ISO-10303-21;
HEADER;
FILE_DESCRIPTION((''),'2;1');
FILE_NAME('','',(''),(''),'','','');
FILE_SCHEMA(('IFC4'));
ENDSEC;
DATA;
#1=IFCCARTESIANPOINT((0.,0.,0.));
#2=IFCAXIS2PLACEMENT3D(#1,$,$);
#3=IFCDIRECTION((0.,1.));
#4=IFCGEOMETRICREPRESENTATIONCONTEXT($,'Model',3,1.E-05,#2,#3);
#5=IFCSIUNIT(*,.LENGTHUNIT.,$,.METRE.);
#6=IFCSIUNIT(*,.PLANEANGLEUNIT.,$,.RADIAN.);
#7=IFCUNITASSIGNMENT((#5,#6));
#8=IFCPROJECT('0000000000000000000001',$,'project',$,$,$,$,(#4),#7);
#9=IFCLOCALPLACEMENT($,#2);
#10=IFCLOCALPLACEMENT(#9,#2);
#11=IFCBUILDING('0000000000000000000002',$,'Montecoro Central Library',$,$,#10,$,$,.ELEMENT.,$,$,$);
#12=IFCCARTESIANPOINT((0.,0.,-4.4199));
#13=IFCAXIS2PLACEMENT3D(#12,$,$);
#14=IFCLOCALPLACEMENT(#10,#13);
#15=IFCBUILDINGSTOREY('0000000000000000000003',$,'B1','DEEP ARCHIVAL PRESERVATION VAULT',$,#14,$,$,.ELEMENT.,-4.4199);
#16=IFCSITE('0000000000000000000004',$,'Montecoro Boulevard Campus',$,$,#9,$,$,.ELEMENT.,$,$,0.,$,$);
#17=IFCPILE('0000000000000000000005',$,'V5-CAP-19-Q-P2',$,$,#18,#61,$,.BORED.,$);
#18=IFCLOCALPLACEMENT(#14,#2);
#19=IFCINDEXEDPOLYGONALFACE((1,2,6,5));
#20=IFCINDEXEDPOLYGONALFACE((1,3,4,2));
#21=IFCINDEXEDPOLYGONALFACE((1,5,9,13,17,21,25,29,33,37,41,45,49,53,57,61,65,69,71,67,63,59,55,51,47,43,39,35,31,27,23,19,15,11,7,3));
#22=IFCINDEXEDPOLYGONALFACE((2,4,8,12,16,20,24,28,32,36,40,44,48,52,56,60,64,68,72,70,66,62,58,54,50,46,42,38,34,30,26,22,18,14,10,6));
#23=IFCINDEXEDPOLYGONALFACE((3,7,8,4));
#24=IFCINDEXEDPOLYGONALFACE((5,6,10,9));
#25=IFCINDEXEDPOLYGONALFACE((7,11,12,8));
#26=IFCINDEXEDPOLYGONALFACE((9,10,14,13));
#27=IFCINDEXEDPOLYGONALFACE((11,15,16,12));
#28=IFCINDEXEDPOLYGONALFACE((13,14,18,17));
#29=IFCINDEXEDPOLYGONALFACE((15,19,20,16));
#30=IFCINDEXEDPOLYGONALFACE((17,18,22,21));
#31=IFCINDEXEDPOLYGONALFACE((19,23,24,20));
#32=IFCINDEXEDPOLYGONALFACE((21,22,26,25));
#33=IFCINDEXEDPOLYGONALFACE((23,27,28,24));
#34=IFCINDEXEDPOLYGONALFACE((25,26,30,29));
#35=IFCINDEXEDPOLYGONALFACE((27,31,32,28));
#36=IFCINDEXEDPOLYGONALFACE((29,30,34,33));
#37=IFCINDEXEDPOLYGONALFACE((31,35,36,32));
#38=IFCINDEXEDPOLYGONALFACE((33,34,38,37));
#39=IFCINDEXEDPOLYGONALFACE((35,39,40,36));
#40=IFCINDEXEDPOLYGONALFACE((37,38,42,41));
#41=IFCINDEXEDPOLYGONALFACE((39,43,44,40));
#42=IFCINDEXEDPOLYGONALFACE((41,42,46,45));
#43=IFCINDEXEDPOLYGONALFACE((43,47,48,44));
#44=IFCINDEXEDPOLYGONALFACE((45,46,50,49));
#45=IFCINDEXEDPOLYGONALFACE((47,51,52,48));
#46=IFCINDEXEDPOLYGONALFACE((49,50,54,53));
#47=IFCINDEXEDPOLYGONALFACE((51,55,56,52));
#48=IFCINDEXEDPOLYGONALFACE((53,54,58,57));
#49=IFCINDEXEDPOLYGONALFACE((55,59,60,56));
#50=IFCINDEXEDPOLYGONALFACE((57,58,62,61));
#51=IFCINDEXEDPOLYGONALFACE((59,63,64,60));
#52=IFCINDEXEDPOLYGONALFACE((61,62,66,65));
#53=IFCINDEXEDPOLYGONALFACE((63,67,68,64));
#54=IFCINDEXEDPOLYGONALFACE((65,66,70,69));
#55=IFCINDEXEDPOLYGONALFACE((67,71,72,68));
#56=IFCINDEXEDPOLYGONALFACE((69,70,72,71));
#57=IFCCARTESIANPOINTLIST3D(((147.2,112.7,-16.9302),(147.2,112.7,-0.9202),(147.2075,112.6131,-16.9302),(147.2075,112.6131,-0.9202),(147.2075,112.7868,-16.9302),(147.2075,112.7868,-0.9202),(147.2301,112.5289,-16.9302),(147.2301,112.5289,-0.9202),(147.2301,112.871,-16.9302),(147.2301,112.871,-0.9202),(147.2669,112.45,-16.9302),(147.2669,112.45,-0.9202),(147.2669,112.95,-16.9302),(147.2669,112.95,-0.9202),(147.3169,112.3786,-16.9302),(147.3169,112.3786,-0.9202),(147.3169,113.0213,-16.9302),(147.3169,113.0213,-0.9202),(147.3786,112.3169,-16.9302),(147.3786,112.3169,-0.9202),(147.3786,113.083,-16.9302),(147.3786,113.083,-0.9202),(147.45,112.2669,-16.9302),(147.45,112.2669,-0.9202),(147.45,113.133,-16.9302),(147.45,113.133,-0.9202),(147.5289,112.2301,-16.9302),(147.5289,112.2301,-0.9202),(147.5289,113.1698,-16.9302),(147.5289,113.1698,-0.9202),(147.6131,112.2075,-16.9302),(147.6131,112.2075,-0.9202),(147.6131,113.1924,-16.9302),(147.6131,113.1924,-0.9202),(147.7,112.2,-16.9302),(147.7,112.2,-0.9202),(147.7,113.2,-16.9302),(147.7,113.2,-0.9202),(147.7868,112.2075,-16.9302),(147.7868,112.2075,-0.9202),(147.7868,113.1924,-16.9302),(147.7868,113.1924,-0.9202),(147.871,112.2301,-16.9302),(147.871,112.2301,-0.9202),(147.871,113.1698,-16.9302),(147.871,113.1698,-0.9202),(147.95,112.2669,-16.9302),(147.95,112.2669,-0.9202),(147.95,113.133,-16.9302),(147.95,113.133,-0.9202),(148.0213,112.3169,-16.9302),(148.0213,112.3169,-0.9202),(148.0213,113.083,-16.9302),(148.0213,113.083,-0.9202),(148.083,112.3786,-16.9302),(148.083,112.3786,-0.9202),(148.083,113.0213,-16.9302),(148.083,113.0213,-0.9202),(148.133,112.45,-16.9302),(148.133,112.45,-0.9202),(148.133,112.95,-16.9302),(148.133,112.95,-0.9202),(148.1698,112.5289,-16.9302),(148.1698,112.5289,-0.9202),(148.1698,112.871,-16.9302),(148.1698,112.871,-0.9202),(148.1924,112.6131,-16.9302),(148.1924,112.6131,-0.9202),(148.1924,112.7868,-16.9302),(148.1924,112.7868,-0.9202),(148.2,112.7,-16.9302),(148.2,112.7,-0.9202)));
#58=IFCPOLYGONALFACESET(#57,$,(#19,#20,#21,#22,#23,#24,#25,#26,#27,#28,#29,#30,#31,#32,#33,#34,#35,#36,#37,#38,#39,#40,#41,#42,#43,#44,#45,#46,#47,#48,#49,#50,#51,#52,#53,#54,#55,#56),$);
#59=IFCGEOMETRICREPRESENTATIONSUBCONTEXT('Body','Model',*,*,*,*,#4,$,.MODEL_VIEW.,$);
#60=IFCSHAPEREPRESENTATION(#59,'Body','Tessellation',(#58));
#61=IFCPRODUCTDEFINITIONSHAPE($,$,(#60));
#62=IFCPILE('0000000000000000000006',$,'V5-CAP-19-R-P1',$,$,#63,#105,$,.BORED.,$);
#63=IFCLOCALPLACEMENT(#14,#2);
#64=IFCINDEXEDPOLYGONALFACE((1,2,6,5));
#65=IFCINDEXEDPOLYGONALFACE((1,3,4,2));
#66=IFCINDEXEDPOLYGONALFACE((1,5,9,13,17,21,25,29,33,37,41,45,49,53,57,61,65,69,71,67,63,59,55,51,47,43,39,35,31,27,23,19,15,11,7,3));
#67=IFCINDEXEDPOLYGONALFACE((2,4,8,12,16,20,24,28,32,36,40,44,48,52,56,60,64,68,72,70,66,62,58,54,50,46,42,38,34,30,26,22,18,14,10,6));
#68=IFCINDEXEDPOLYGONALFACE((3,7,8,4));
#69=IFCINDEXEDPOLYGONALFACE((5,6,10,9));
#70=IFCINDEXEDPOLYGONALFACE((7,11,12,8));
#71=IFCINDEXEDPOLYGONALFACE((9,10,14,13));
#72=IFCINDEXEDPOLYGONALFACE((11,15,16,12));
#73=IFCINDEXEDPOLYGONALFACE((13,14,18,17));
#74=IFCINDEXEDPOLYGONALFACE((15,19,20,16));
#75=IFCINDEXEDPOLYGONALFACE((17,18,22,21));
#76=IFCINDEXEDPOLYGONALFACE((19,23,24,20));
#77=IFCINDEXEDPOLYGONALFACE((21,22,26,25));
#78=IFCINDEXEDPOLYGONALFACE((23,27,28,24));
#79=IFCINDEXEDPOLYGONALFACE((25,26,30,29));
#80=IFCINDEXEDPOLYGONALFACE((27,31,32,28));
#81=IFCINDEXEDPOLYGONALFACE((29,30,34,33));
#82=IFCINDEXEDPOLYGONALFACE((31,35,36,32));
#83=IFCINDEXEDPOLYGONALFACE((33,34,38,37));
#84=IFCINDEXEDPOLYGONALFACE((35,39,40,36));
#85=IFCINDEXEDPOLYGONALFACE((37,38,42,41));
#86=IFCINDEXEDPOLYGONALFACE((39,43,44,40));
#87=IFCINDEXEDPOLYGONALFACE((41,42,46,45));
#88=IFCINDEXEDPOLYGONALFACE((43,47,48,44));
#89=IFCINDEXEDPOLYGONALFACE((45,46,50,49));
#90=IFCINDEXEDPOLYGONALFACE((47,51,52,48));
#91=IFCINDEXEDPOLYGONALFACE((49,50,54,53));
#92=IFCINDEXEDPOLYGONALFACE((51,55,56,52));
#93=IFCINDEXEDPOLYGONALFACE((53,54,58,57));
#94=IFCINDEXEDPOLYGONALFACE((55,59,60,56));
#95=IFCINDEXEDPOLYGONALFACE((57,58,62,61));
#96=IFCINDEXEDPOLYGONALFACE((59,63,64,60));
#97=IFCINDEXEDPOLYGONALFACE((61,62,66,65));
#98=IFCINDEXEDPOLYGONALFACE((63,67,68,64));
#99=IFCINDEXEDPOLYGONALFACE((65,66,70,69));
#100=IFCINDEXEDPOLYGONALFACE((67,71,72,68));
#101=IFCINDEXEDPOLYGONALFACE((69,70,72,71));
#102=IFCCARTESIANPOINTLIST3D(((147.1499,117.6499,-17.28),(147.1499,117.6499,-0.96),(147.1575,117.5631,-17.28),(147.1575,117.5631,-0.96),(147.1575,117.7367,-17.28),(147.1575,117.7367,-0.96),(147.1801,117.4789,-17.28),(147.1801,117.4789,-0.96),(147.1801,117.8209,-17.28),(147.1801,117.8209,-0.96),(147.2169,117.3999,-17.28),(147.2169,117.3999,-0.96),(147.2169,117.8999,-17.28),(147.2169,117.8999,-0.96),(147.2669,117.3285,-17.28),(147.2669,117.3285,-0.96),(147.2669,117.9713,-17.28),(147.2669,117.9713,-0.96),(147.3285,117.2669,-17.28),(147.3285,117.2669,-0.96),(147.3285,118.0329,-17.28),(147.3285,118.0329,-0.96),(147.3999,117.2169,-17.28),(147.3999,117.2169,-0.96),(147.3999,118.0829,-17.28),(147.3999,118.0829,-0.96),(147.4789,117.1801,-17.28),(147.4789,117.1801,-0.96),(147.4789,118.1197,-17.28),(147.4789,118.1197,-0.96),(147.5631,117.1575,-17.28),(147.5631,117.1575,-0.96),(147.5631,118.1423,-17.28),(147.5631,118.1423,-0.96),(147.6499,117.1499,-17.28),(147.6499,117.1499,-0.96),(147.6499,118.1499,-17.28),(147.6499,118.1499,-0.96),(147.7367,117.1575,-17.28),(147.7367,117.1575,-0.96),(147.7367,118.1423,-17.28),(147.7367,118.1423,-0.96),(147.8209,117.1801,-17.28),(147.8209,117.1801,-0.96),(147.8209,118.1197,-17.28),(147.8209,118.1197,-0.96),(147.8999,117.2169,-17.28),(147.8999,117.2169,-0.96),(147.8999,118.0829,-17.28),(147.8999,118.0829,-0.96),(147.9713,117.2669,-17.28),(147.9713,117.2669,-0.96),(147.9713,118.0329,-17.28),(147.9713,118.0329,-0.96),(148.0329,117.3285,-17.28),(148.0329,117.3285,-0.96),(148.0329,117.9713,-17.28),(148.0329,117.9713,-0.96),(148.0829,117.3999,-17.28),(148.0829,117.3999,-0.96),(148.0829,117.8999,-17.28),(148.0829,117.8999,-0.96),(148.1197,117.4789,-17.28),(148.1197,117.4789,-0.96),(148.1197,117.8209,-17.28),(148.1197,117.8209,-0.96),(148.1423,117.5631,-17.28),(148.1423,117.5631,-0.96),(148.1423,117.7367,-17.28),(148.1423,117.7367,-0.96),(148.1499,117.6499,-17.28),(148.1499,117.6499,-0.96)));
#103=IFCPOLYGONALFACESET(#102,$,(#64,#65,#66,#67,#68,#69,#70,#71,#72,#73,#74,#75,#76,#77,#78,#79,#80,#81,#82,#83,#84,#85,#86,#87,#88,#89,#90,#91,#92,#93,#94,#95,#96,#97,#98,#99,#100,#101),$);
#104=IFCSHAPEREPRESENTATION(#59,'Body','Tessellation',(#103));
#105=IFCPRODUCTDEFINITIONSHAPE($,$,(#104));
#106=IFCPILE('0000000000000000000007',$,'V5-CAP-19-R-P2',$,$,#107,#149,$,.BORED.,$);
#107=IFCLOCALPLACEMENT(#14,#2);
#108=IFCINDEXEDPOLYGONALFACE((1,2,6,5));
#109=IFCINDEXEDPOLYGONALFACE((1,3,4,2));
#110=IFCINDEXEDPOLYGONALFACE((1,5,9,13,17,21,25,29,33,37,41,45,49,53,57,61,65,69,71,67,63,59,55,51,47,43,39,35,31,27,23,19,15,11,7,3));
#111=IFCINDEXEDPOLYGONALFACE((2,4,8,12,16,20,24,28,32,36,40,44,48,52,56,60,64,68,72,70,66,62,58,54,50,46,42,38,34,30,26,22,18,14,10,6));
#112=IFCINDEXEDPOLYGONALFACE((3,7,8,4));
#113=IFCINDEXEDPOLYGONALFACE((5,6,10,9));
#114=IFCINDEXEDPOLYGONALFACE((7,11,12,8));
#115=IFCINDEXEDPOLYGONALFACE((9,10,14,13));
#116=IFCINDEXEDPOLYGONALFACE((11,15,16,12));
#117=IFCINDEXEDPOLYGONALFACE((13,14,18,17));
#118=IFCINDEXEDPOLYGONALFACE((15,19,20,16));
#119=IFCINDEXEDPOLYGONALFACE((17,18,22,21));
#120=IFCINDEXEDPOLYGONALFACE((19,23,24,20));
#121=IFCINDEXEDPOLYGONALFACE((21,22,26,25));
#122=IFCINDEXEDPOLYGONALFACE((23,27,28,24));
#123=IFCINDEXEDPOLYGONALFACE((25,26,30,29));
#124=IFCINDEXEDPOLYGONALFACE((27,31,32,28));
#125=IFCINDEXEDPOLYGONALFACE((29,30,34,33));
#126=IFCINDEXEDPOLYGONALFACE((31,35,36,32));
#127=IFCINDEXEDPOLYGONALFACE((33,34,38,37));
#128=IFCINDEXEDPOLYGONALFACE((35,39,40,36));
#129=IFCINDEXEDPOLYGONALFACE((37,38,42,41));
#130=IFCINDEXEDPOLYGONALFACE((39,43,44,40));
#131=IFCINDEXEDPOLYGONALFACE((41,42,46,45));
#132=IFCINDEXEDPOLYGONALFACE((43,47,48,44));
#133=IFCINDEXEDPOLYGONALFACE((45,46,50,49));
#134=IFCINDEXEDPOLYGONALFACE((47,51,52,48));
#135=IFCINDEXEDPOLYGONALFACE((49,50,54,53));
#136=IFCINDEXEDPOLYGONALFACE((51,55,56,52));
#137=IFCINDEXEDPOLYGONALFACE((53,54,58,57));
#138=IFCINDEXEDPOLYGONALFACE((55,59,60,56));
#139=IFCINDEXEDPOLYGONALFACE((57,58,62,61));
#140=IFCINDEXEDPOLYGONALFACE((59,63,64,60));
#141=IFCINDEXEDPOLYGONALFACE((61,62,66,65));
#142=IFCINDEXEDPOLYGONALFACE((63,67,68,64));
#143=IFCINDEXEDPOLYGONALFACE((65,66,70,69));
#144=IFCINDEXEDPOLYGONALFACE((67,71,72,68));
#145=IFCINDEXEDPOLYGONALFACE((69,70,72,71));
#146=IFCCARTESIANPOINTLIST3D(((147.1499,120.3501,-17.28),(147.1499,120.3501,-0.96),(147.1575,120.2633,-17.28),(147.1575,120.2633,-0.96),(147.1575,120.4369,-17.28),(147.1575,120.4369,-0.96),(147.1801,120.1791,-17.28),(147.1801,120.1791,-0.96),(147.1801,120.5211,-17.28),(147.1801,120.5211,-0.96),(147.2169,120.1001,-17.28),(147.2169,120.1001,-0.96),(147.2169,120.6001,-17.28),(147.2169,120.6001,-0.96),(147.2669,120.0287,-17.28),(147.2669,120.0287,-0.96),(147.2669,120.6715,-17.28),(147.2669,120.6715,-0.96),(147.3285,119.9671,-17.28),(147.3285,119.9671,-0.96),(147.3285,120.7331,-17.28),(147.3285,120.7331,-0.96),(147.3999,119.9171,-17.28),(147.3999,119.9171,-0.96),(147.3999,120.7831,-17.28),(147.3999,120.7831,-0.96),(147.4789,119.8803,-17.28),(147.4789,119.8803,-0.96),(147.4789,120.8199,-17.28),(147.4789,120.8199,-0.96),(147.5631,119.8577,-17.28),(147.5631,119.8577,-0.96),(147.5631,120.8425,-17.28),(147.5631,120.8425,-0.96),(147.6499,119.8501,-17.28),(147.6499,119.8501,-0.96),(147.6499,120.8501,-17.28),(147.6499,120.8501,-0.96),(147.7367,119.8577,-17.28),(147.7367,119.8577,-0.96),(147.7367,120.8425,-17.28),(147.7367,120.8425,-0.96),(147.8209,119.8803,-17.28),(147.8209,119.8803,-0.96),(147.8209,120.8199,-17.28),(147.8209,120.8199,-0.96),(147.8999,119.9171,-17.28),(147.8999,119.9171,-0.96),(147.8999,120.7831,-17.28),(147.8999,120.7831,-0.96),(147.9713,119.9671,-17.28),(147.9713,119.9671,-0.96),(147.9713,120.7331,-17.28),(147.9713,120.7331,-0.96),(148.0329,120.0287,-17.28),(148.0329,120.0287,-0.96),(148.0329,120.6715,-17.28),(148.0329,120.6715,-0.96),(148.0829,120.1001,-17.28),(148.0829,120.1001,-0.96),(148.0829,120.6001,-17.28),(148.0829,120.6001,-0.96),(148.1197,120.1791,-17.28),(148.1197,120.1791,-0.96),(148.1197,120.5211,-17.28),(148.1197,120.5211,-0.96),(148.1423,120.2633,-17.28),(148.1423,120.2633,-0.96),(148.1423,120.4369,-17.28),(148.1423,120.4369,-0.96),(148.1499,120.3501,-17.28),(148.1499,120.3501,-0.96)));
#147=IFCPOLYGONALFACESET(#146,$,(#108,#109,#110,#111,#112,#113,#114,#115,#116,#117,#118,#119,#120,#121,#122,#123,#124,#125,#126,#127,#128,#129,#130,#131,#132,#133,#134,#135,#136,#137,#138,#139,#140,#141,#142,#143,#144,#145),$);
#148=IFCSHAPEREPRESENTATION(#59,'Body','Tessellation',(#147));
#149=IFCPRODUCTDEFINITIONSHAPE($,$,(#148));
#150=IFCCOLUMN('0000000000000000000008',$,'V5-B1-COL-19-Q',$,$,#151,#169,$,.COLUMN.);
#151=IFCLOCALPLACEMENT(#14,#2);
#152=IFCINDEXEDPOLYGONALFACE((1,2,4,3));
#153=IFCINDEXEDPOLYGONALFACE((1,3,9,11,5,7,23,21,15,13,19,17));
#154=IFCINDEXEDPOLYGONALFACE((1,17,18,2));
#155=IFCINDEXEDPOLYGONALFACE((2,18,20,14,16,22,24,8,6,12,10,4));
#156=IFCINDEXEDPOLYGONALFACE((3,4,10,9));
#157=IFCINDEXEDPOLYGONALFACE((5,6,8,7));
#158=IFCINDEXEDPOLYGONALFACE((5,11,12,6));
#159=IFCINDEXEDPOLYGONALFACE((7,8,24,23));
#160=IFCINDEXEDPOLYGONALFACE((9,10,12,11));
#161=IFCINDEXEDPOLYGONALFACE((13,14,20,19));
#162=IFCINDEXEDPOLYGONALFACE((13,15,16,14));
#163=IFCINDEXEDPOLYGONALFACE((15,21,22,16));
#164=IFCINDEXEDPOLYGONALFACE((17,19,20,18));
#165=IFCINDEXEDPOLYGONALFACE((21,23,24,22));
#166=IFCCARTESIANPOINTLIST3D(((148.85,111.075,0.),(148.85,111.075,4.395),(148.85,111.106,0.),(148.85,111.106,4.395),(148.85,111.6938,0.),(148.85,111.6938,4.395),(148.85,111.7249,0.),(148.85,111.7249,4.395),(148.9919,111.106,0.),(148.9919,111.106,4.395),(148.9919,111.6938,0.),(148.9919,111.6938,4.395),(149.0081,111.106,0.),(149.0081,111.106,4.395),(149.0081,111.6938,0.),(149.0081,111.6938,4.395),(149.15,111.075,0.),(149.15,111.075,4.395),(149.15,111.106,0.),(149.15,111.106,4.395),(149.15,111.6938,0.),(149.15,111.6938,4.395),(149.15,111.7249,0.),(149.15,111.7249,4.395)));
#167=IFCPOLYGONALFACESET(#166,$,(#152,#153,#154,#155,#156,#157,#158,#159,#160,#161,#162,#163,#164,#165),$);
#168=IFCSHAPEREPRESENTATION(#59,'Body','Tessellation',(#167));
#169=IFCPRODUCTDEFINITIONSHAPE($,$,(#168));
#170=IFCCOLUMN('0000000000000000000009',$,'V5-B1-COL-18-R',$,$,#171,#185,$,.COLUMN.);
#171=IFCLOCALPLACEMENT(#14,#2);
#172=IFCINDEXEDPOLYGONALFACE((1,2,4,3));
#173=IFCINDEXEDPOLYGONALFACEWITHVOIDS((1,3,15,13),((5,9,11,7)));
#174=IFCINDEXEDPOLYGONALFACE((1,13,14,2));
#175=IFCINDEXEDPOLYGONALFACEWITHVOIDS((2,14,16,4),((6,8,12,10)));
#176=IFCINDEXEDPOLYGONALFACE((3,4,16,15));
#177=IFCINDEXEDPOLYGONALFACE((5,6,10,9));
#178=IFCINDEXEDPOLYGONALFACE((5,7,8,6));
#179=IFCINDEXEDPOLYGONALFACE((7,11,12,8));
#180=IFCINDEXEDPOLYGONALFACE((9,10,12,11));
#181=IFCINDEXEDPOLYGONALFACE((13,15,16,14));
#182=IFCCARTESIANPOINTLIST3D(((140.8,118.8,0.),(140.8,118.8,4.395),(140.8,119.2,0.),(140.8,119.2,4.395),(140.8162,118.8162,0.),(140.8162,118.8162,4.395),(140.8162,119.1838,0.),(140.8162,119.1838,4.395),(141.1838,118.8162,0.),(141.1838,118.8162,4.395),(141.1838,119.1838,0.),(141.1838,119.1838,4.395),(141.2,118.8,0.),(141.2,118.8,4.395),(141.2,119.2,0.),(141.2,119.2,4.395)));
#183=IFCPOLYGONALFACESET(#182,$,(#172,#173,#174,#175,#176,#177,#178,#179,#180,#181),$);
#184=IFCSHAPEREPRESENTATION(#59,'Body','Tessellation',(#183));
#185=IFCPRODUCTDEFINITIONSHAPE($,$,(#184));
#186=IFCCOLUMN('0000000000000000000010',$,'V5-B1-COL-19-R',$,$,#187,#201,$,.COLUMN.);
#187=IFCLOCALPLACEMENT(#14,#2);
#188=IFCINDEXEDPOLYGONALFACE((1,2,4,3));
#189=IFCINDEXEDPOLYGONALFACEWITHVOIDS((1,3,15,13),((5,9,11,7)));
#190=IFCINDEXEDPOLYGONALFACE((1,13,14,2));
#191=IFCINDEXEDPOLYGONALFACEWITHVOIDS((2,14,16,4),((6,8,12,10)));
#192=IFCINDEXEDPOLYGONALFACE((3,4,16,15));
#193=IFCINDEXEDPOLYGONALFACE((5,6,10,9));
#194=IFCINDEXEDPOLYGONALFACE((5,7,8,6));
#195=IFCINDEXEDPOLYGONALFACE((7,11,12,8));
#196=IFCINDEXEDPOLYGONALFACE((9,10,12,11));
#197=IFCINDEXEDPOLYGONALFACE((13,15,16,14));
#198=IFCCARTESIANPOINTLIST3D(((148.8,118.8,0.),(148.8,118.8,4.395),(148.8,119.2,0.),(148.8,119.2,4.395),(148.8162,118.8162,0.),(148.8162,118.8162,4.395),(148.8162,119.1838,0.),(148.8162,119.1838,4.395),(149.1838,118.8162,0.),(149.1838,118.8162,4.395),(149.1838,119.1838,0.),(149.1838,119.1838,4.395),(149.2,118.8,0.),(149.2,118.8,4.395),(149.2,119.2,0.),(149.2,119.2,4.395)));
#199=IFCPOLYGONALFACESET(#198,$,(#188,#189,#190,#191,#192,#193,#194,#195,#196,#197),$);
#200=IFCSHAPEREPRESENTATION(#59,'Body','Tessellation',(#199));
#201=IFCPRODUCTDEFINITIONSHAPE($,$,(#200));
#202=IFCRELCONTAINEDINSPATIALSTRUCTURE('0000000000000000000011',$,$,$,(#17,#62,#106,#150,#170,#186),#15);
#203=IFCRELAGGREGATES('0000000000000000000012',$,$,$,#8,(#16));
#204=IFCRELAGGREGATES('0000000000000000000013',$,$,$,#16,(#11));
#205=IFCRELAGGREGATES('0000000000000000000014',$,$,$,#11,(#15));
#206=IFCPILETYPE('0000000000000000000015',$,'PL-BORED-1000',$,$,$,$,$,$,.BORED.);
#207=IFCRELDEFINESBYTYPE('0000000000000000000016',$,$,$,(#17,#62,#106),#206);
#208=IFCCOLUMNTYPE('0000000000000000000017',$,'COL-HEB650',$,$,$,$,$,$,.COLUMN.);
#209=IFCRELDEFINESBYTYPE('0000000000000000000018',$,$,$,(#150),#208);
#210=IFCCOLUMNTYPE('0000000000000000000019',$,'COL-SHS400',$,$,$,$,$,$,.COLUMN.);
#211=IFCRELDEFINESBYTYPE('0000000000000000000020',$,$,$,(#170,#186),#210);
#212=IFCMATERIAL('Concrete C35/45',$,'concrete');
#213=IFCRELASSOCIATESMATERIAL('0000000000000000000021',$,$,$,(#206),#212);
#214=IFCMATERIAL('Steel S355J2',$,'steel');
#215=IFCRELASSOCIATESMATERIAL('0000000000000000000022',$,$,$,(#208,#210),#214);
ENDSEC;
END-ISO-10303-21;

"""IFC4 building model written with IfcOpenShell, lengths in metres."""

from ifc_helpers import new_model, si_unit, direction, frame, origin, origin_2d, place, context, subcontext, project, spatial, hollow_rectangle, circle, i_section, extrude, material, material_profile, profile_set, type_object, element, save


model = new_model("IFC4")

# Units and contexts
model_context = context("Model", 3, precision=1e-05, world=origin(), true_north=direction((0.0, 1.0)))
body_context = subcontext(model_context, "Body", "Model", "MODEL_VIEW")
ifc_project = project(units=[si_unit("LENGTHUNIT", "METRE"), si_unit("PLANEANGLEUNIT", "RADIAN")], contexts=[model_context])

# Site, building, storey
site_placement = place(None, origin())
site = spatial("IfcSite", under=ifc_project, at=site_placement, Name="Montecoro Boulevard Campus", CompositionType="ELEMENT", RefElevation=0.0)
building_placement = place(site_placement, origin())
building = spatial("IfcBuilding", under=site, at=building_placement, Name="Montecoro Central Library", CompositionType="ELEMENT")
storey_placement = place(building_placement, frame((0.0, 0.0, -4.4199)))
storey = spatial("IfcBuildingStorey", under=building, at=storey_placement, Name="B1", Description="DEEP ARCHIVAL PRESERVATION VAULT", CompositionType="ELEMENT", Elevation=-4.4199)

# Shared definitions
ifc_material_1 = material(Name="Concrete C35/45", Category="concrete")

# Piles
ifc_material_profile_1 = material_profile(ifc_material_1, circle(Radius=0.5, at=origin_2d()), Name="PILE D1000")
ifc_profile_set_1 = profile_set([ifc_material_profile_1], Name="Concrete C35/45")
pile_type = type_object("IfcPileType", Name="PL-BORED-1000", PredefinedType="BORED", material=ifc_profile_set_1)
pile_1_placement = place(storey_placement, frame((147.7, 112.7, -0.9202), z_axis=(0.0, 0.0, -1.0), x_axis=(1.0, 0.0, 0.0)))
element("IfcPile", 1, at=pile_1_placement, inside=storey, type_object=pile_type, Name="V5-CAP-19-Q-P2", PredefinedType="BORED", context=body_context, shape_type="SweptSolid", body=[
    extrude(circle(Radius=0.5, at=origin_2d()), origin(), (0.0, 0.0, 1.0), 16.01),
])
for number, where, z_axis, x_axis, name in (
    (2, (147.6499, 117.6499, -0.96), (0.0, 0.0, -1.0), (1.0, 0.0, 0.0), "V5-CAP-19-R-P1"),
    (3, (147.6499, 120.3501, -0.96), (0.0, 0.0, -1.0), (1.0, 0.0, 0.0), "V5-CAP-19-R-P2"),
):
    element("IfcPile", number, at=place(storey_placement, frame(where, z_axis=z_axis, x_axis=x_axis)), inside=storey, type_object=pile_type, Name=name, PredefinedType="BORED", context=body_context, shape_type="SweptSolid", body=[
        extrude(circle(Radius=0.5, at=origin_2d()), origin(), (0.0, 0.0, 1.0), 16.3201),
    ])

# Columns
ifc_material_2 = material(Name="Steel S355J2", Category="steel")
ifc_material_profile_2 = material_profile(ifc_material_2, i_section(OverallWidth=0.3, OverallDepth=0.6499, WebThickness=0.0161, FlangeThickness=0.031, at=origin_2d()), Name="HEB 650")
ifc_profile_set_2 = profile_set([ifc_material_profile_2], Name="Steel S355J2")
column_type_1 = type_object("IfcColumnType", Name="COL-HEB650", PredefinedType="COLUMN", material=ifc_profile_set_2)
column_placement = place(storey_placement, frame((149.0, 111.3999, 0.0), z_axis=(0.0, 0.0, 1.0), x_axis=(1.0, 0.0, 0.0)))
element("IfcColumn", 4, at=column_placement, inside=storey, type_object=column_type_1, Name="V5-B1-COL-19-Q", PredefinedType="COLUMN", context=body_context, shape_type="SweptSolid", body=[
    extrude(i_section(OverallWidth=0.3, OverallDepth=0.6499, WebThickness=0.0161, FlangeThickness=0.031, at=origin_2d()), origin(), (0.0, 0.0, 1.0), 4.395),
])
ifc_material_profile_3 = material_profile(ifc_material_2, hollow_rectangle(XDim=0.3999, YDim=0.3999, WallThickness=0.0161, at=origin_2d()), Name="SHS 400x400x16.0")
ifc_profile_set_3 = profile_set([ifc_material_profile_3], Name="Steel S355J2")
column_type_2 = type_object("IfcColumnType", Name="COL-SHS400", PredefinedType="COLUMN", material=ifc_profile_set_3)
for number, where, z_axis, x_axis, name in (
    (5, (141.0, 119.0, 0.0), (0.0, 0.0, 1.0), (1.0, 0.0, 0.0), "V5-B1-COL-18-R"),
    (6, (149.0, 119.0, 0.0), (0.0, 0.0, 1.0), (1.0, 0.0, 0.0), "V5-B1-COL-19-R"),
):
    element("IfcColumn", number, at=place(storey_placement, frame(where, z_axis=z_axis, x_axis=x_axis)), inside=storey, type_object=column_type_2, Name=name, PredefinedType="COLUMN", context=body_context, shape_type="SweptSolid", body=[
        extrude(hollow_rectangle(XDim=0.3999, YDim=0.3999, WallThickness=0.0161, at=origin_2d()), origin(), (0.0, 0.0, 1.0), 4.395),
    ])

save(model, "model.ifc")
